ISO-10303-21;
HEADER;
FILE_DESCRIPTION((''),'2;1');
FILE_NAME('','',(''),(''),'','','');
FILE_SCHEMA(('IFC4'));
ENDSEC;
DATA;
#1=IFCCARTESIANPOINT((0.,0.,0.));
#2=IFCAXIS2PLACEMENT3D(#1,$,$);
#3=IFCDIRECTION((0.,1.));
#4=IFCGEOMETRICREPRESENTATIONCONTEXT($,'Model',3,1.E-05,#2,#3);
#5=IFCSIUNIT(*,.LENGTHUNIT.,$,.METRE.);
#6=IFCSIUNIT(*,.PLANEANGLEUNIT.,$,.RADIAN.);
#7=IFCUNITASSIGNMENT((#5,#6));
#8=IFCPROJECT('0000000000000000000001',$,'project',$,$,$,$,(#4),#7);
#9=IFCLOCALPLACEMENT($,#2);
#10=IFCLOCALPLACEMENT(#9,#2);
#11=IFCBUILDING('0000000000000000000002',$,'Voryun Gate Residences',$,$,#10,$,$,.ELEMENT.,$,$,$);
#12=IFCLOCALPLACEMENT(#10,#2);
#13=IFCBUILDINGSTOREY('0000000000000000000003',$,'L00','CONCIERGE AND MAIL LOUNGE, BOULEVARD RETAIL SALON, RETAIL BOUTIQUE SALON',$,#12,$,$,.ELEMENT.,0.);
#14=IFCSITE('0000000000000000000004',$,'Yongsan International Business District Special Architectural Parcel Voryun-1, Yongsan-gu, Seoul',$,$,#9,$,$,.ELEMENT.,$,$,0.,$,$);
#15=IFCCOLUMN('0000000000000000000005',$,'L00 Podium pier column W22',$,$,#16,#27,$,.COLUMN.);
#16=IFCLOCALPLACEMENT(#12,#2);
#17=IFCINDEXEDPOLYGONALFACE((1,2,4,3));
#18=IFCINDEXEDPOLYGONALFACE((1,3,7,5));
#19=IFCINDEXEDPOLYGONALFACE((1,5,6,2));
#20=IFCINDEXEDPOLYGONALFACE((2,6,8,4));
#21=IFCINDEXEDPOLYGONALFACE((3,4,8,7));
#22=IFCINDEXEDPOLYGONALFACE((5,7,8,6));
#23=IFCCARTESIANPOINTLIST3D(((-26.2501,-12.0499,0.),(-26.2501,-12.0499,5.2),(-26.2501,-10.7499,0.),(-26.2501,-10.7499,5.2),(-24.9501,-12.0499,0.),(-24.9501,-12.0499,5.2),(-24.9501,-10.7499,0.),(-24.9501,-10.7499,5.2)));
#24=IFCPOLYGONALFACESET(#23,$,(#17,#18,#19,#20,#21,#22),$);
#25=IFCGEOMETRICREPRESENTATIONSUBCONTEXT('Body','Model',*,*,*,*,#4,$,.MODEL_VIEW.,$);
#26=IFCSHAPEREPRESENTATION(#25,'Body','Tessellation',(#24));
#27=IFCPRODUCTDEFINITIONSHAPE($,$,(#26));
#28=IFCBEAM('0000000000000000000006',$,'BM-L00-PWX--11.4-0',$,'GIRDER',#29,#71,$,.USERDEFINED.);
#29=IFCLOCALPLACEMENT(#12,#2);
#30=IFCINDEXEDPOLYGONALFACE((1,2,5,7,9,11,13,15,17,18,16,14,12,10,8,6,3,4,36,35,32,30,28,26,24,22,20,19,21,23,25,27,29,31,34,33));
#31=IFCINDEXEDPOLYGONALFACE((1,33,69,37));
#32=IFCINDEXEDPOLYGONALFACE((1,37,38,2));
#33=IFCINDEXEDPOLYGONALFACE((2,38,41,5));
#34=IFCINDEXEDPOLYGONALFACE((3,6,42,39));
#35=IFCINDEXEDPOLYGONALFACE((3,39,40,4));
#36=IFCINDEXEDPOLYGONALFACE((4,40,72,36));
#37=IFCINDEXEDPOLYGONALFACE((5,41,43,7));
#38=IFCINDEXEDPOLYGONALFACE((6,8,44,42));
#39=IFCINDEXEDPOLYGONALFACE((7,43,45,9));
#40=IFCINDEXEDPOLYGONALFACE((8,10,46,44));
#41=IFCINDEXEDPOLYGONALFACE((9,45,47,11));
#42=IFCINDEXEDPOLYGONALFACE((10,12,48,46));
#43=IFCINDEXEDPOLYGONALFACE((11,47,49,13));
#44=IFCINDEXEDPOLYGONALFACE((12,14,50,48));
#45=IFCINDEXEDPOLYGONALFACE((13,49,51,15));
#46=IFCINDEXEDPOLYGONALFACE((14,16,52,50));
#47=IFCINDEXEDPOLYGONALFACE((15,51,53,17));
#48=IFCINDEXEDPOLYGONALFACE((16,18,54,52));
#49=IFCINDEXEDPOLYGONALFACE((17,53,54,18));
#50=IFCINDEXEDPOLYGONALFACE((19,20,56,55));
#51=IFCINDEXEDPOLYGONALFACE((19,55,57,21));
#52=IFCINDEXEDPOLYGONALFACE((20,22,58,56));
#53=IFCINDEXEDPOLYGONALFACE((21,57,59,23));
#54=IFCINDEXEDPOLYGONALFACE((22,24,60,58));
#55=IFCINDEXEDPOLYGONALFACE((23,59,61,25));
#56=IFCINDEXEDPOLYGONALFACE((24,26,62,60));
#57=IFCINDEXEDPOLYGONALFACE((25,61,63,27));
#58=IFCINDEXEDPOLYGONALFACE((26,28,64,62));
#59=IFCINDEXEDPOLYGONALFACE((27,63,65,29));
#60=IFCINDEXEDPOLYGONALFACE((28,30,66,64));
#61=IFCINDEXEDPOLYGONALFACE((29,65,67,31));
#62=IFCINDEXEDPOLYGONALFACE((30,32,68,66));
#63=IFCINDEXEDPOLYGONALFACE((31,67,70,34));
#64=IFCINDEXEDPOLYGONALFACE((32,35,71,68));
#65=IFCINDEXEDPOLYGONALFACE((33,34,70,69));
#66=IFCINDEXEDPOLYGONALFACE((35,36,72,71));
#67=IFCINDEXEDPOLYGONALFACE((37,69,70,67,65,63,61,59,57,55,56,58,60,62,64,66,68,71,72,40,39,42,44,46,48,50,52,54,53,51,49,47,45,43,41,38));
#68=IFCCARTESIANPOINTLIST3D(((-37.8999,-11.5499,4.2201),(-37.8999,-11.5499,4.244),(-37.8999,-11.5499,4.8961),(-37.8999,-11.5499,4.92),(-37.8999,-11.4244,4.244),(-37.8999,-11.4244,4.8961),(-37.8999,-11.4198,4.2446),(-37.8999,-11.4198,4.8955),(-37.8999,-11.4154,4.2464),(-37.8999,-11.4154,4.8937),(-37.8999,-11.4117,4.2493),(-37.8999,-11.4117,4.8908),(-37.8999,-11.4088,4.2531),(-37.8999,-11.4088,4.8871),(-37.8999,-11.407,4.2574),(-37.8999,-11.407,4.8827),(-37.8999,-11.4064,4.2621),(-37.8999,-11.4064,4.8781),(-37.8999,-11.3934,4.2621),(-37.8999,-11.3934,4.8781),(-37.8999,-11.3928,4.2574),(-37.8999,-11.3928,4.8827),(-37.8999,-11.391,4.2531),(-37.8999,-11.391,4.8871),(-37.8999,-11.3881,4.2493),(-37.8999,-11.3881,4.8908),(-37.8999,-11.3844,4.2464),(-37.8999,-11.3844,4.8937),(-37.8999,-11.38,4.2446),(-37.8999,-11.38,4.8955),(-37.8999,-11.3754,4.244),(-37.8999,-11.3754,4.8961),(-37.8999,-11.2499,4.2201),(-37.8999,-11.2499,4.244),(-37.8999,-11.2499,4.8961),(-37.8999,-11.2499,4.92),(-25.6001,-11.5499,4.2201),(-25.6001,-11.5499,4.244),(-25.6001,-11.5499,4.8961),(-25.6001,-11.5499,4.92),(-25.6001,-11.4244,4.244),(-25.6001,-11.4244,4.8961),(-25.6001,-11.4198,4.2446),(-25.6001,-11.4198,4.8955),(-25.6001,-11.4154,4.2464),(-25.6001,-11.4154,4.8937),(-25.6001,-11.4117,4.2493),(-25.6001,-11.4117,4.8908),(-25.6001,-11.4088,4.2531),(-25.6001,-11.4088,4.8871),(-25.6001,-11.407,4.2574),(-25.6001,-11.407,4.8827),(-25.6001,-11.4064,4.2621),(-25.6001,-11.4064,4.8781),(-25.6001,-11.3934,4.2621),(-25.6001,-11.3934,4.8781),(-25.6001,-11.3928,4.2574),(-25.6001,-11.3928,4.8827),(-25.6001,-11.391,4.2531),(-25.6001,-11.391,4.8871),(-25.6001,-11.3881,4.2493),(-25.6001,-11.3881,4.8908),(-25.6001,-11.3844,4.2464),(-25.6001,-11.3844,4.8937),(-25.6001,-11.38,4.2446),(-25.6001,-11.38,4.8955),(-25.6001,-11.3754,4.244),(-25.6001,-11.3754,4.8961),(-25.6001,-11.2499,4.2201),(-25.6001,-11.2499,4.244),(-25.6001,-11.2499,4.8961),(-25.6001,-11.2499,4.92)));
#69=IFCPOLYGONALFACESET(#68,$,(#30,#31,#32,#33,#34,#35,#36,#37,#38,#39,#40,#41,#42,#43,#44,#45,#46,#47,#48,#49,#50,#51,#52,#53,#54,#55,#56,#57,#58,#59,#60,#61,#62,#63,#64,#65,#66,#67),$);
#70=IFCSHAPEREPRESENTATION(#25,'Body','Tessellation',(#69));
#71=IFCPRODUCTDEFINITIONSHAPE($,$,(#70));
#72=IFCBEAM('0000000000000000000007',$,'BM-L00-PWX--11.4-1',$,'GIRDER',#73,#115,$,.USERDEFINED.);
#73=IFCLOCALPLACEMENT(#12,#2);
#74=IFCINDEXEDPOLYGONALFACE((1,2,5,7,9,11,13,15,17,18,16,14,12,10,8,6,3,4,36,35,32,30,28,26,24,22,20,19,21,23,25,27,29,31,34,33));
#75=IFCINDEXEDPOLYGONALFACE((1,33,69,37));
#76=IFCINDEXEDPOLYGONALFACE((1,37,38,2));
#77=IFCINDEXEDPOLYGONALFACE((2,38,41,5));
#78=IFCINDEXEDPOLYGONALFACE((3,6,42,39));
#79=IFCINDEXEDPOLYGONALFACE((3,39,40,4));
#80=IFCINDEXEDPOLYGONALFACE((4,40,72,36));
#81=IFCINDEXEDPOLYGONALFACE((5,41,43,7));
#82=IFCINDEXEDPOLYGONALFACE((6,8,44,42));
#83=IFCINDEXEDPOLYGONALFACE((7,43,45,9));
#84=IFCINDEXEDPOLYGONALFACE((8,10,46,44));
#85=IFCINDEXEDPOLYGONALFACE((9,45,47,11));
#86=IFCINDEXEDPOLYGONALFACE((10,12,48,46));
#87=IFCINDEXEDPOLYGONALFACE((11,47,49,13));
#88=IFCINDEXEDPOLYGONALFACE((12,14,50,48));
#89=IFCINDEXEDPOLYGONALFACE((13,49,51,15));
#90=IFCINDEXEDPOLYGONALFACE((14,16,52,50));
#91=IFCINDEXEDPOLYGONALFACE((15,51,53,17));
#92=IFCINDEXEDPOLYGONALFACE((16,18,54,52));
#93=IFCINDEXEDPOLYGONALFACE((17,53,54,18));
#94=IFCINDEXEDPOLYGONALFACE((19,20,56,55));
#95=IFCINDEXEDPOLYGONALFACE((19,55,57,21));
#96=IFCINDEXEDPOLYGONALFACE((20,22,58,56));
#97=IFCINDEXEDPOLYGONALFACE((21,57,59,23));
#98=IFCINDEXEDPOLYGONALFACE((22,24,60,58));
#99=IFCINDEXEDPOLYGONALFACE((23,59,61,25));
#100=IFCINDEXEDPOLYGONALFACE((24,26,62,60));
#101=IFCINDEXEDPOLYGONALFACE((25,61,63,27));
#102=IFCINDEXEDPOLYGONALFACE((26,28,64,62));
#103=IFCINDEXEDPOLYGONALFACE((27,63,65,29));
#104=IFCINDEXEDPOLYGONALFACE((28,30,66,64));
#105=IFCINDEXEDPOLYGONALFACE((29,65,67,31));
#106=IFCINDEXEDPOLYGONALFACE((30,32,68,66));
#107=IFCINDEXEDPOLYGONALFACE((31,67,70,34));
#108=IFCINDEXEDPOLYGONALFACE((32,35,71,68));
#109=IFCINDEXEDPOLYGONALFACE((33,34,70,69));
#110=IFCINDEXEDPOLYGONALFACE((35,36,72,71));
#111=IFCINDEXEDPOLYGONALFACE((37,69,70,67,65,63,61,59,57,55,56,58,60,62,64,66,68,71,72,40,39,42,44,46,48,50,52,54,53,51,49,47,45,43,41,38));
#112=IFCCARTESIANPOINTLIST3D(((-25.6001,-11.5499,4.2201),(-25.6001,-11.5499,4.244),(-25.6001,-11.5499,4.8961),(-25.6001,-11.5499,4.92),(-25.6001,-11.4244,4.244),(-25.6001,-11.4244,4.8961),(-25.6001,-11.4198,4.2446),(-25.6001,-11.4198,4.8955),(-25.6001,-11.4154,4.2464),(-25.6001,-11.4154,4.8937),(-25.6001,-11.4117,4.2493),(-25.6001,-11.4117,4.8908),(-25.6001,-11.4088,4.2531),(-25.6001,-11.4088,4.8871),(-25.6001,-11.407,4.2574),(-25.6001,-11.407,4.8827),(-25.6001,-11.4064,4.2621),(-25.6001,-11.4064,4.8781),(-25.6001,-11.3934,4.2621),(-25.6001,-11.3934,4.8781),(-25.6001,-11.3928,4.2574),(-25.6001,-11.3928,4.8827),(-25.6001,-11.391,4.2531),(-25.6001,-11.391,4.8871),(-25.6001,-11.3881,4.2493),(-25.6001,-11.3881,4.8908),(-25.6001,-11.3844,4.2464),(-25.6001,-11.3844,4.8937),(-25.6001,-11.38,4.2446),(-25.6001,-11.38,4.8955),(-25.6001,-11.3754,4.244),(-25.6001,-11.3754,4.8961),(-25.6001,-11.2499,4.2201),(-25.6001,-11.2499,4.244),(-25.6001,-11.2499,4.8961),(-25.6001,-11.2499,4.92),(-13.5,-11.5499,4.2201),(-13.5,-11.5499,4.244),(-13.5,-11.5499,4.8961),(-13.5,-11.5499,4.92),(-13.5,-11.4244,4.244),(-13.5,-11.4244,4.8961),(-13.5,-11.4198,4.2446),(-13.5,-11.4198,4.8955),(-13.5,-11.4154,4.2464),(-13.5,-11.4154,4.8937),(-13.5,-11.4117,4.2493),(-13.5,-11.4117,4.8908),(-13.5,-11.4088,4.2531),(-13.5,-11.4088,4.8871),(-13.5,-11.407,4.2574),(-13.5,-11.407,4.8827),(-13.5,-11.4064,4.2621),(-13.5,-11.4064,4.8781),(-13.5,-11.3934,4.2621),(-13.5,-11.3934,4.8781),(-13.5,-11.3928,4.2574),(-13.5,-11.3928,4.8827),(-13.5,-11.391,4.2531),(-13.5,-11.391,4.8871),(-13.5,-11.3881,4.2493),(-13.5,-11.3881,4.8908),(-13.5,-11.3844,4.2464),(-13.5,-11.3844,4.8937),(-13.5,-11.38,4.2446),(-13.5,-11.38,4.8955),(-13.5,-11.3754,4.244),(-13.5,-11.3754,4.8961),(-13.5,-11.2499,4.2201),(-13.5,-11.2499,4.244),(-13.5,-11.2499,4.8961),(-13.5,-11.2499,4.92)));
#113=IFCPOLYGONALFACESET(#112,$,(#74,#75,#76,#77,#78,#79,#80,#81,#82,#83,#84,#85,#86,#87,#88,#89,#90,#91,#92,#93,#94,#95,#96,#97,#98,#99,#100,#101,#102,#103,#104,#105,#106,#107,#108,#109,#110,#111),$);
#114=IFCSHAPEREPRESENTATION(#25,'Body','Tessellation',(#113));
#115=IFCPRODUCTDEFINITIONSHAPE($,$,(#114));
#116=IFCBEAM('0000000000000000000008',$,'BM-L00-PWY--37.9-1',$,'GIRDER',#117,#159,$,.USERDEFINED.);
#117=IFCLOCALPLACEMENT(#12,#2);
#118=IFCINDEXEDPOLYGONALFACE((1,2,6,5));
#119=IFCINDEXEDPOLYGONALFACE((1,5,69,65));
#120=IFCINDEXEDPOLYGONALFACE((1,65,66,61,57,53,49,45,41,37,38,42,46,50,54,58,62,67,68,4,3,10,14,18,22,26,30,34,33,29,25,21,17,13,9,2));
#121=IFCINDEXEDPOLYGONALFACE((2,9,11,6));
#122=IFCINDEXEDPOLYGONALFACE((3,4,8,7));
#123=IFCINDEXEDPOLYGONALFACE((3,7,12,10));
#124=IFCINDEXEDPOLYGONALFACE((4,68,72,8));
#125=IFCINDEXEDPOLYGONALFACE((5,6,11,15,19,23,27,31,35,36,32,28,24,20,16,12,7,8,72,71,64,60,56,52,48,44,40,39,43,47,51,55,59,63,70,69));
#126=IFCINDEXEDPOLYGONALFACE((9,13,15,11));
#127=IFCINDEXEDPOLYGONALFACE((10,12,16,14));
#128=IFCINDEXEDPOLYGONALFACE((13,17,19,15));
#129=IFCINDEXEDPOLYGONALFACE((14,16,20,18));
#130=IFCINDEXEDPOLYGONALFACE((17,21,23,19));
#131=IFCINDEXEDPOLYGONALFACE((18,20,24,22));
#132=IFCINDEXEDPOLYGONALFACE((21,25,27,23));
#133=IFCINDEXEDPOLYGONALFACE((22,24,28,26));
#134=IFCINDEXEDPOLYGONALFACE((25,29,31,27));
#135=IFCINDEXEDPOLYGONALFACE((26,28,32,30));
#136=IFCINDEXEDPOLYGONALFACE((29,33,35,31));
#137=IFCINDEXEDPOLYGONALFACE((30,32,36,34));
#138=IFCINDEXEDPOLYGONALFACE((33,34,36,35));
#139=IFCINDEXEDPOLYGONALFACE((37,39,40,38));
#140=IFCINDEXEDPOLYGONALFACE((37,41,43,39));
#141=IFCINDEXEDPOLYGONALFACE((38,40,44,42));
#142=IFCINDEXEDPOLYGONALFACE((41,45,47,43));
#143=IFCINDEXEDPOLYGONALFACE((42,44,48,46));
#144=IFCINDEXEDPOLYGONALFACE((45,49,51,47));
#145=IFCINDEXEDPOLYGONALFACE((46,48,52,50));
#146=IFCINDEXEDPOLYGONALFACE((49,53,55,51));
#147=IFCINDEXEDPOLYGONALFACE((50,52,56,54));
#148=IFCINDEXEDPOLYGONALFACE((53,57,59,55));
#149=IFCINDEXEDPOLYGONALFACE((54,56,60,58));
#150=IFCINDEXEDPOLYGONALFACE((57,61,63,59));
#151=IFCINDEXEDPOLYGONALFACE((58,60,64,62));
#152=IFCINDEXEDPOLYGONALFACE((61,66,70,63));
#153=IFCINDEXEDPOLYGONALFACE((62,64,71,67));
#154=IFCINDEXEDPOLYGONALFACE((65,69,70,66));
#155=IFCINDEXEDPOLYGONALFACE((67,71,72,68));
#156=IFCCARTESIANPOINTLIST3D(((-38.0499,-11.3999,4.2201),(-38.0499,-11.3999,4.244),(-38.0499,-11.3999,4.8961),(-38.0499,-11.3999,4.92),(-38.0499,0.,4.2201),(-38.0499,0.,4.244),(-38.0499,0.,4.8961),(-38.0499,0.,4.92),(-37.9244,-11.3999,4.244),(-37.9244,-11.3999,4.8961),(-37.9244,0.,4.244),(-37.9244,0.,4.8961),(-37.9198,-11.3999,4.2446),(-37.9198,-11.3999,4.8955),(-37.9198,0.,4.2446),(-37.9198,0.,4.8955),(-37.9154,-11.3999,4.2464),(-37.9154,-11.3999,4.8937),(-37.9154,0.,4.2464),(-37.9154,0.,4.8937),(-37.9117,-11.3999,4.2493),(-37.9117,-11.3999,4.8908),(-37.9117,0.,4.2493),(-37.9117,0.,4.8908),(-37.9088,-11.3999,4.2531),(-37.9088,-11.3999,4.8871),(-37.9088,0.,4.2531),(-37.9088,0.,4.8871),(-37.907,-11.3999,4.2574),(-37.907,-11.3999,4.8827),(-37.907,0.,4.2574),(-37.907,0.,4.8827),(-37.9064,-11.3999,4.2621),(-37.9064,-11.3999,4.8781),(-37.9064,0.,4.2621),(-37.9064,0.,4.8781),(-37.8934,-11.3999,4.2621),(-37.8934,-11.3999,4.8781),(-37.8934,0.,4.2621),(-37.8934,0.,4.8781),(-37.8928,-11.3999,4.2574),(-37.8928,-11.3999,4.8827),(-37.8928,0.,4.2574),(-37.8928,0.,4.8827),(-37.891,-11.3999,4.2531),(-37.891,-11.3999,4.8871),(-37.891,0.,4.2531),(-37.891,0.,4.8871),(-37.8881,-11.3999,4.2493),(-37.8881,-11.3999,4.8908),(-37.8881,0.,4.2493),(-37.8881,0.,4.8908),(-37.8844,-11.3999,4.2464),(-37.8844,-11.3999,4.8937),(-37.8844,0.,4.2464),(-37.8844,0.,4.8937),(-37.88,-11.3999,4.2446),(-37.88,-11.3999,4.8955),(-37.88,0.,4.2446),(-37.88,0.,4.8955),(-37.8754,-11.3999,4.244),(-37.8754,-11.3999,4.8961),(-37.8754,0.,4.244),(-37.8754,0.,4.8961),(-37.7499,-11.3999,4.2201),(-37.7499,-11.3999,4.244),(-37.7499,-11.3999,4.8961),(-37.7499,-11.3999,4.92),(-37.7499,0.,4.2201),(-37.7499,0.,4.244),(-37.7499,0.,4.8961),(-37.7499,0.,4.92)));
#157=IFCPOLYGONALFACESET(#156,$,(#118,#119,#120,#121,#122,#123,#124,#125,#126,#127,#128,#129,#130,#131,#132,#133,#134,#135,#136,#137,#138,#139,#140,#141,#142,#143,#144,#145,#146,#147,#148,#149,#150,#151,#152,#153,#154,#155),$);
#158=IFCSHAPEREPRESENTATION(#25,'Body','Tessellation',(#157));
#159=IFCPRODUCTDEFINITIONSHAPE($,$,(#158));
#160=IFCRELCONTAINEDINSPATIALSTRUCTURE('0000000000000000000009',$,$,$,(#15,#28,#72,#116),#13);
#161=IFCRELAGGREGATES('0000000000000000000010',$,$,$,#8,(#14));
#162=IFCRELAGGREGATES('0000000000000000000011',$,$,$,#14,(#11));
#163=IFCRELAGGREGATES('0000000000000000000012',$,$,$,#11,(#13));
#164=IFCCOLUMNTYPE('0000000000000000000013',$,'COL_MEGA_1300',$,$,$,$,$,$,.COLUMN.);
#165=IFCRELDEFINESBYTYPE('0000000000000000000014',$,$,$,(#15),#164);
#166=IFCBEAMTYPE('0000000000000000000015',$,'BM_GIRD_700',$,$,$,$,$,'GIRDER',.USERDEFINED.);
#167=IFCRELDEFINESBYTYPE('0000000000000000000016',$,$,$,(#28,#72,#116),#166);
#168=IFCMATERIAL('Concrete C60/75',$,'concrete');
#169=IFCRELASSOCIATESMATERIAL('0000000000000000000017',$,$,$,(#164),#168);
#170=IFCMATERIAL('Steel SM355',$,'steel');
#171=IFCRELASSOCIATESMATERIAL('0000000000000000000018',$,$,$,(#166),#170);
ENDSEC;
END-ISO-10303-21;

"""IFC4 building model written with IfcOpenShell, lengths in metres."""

from ifc_helpers import new_model, si_unit, direction, frame, origin, origin_2d, place, context, subcontext, project, spatial, rectangle, i_section, extrude, material, material_profile, profile_set, type_object, element, save


model = new_model("IFC4")

# Units and contexts
model_context = context("Model", 3, precision=1e-05, world=origin(), true_north=direction((0.0, 1.0)))
body_context = subcontext(model_context, "Body", "Model", "MODEL_VIEW")
ifc_project = project(units=[si_unit("LENGTHUNIT", "METRE"), si_unit("PLANEANGLEUNIT", "RADIAN")], contexts=[model_context])

# Site, building, storey
site_placement = place(None, origin())
site = spatial("IfcSite", under=ifc_project, at=site_placement, Name="Yongsan International Business District Special Architectural Parcel Voryun-1, Yongsan-gu, Seoul", CompositionType="ELEMENT", RefElevation=0.0)
building_placement = place(site_placement, origin())
building = spatial("IfcBuilding", under=site, at=building_placement, Name="Voryun Gate Residences", CompositionType="ELEMENT")
storey_placement = place(building_placement, origin())
storey = spatial("IfcBuildingStorey", under=building, at=storey_placement, Name="L00", Description="CONCIERGE AND MAIL LOUNGE, BOULEVARD RETAIL SALON, RETAIL BOUTIQUE SALON", CompositionType="ELEMENT", Elevation=0.0)

# Column
ifc_material_1 = material(Name="Concrete C60/75", Category="concrete")
ifc_material_profile_1 = material_profile(ifc_material_1, rectangle(XDim=1.3, YDim=1.3, at=origin_2d()), Name="RC-1300x1300")
ifc_profile_set_1 = profile_set([ifc_material_profile_1], Name="Concrete C60/75")
column_type = type_object("IfcColumnType", Name="COL_MEGA_1300", PredefinedType="COLUMN", material=ifc_profile_set_1)
column_placement = place(storey_placement, frame((-25.6001, -11.3999, 0.0), z_axis=(0.0, 0.0, 1.0), x_axis=(1.0, 0.0, 0.0)))
element("IfcColumn", 1, at=column_placement, inside=storey, type_object=column_type, Name="L00 Podium pier column W22", PredefinedType="COLUMN", context=body_context, shape_type="SweptSolid", body=[
    extrude(rectangle(XDim=1.3, YDim=1.3, at=origin_2d()), origin(), (0.0, 0.0, 1.0), 5.2),
])

# Beams
ifc_material_2 = material(Name="Steel SM355", Category="steel")
ifc_material_profile_2 = material_profile(ifc_material_2, i_section(OverallWidth=0.3, OverallDepth=0.7, WebThickness=0.0129, FlangeThickness=0.0239, FilletRadius=0.0181, at=origin_2d()), Name="H-700x300x13x24")
ifc_profile_set_2 = profile_set([ifc_material_profile_2], Name="Steel SM355")
beam_type = type_object("IfcBeamType", Name="BM_GIRD_700", ElementType="GIRDER", PredefinedType="USERDEFINED", material=ifc_profile_set_2)
beam_1_placement = place(storey_placement, frame((-37.8999, -11.3999, 4.5701), z_axis=(1.0, 0.0, 0.0), x_axis=(0.0, 1.0, 0.0)))
element("IfcBeam", 2, at=beam_1_placement, inside=storey, type_object=beam_type, Name="BM-L00-PWX--11.4-0", ObjectType="GIRDER", PredefinedType="USERDEFINED", context=body_context, shape_type="SweptSolid", body=[
    extrude(i_section(OverallWidth=0.3, OverallDepth=0.7, WebThickness=0.0129, FlangeThickness=0.0239, FilletRadius=0.0181, at=origin_2d()), origin(), (0.0, 0.0, 1.0), 12.2998),
])
beam_2_placement = place(storey_placement, frame((-25.6001, -11.3999, 4.5701), z_axis=(1.0, 0.0, 0.0), x_axis=(0.0, 1.0, 0.0)))
element("IfcBeam", 3, at=beam_2_placement, inside=storey, type_object=beam_type, Name="BM-L00-PWX--11.4-1", ObjectType="GIRDER", PredefinedType="USERDEFINED", context=body_context, shape_type="SweptSolid", body=[
    extrude(i_section(OverallWidth=0.3, OverallDepth=0.7, WebThickness=0.0129, FlangeThickness=0.0239, FilletRadius=0.0181, at=origin_2d()), origin(), (0.0, 0.0, 1.0), 12.1001),
])
for number, where, z_axis, x_axis, name in (
    (4, (-37.8999, -11.3999, 4.5701), (0.0, 1.0, 0.0), (-1.0, 0.0, 0.0), "BM-L00-PWY--37.9-1"),
):
    element("IfcBeam", number, at=place(storey_placement, frame(where, z_axis=z_axis, x_axis=x_axis)), inside=storey, type_object=beam_type, Name=name, ObjectType="GIRDER", PredefinedType="USERDEFINED", context=body_context, shape_type="SweptSolid", body=[
        extrude(i_section(OverallWidth=0.3, OverallDepth=0.7, WebThickness=0.0129, FlangeThickness=0.0239, FilletRadius=0.0181, at=origin_2d()), origin(), (0.0, 0.0, 1.0), 11.3999),
    ])

save(model, "model.ifc")
